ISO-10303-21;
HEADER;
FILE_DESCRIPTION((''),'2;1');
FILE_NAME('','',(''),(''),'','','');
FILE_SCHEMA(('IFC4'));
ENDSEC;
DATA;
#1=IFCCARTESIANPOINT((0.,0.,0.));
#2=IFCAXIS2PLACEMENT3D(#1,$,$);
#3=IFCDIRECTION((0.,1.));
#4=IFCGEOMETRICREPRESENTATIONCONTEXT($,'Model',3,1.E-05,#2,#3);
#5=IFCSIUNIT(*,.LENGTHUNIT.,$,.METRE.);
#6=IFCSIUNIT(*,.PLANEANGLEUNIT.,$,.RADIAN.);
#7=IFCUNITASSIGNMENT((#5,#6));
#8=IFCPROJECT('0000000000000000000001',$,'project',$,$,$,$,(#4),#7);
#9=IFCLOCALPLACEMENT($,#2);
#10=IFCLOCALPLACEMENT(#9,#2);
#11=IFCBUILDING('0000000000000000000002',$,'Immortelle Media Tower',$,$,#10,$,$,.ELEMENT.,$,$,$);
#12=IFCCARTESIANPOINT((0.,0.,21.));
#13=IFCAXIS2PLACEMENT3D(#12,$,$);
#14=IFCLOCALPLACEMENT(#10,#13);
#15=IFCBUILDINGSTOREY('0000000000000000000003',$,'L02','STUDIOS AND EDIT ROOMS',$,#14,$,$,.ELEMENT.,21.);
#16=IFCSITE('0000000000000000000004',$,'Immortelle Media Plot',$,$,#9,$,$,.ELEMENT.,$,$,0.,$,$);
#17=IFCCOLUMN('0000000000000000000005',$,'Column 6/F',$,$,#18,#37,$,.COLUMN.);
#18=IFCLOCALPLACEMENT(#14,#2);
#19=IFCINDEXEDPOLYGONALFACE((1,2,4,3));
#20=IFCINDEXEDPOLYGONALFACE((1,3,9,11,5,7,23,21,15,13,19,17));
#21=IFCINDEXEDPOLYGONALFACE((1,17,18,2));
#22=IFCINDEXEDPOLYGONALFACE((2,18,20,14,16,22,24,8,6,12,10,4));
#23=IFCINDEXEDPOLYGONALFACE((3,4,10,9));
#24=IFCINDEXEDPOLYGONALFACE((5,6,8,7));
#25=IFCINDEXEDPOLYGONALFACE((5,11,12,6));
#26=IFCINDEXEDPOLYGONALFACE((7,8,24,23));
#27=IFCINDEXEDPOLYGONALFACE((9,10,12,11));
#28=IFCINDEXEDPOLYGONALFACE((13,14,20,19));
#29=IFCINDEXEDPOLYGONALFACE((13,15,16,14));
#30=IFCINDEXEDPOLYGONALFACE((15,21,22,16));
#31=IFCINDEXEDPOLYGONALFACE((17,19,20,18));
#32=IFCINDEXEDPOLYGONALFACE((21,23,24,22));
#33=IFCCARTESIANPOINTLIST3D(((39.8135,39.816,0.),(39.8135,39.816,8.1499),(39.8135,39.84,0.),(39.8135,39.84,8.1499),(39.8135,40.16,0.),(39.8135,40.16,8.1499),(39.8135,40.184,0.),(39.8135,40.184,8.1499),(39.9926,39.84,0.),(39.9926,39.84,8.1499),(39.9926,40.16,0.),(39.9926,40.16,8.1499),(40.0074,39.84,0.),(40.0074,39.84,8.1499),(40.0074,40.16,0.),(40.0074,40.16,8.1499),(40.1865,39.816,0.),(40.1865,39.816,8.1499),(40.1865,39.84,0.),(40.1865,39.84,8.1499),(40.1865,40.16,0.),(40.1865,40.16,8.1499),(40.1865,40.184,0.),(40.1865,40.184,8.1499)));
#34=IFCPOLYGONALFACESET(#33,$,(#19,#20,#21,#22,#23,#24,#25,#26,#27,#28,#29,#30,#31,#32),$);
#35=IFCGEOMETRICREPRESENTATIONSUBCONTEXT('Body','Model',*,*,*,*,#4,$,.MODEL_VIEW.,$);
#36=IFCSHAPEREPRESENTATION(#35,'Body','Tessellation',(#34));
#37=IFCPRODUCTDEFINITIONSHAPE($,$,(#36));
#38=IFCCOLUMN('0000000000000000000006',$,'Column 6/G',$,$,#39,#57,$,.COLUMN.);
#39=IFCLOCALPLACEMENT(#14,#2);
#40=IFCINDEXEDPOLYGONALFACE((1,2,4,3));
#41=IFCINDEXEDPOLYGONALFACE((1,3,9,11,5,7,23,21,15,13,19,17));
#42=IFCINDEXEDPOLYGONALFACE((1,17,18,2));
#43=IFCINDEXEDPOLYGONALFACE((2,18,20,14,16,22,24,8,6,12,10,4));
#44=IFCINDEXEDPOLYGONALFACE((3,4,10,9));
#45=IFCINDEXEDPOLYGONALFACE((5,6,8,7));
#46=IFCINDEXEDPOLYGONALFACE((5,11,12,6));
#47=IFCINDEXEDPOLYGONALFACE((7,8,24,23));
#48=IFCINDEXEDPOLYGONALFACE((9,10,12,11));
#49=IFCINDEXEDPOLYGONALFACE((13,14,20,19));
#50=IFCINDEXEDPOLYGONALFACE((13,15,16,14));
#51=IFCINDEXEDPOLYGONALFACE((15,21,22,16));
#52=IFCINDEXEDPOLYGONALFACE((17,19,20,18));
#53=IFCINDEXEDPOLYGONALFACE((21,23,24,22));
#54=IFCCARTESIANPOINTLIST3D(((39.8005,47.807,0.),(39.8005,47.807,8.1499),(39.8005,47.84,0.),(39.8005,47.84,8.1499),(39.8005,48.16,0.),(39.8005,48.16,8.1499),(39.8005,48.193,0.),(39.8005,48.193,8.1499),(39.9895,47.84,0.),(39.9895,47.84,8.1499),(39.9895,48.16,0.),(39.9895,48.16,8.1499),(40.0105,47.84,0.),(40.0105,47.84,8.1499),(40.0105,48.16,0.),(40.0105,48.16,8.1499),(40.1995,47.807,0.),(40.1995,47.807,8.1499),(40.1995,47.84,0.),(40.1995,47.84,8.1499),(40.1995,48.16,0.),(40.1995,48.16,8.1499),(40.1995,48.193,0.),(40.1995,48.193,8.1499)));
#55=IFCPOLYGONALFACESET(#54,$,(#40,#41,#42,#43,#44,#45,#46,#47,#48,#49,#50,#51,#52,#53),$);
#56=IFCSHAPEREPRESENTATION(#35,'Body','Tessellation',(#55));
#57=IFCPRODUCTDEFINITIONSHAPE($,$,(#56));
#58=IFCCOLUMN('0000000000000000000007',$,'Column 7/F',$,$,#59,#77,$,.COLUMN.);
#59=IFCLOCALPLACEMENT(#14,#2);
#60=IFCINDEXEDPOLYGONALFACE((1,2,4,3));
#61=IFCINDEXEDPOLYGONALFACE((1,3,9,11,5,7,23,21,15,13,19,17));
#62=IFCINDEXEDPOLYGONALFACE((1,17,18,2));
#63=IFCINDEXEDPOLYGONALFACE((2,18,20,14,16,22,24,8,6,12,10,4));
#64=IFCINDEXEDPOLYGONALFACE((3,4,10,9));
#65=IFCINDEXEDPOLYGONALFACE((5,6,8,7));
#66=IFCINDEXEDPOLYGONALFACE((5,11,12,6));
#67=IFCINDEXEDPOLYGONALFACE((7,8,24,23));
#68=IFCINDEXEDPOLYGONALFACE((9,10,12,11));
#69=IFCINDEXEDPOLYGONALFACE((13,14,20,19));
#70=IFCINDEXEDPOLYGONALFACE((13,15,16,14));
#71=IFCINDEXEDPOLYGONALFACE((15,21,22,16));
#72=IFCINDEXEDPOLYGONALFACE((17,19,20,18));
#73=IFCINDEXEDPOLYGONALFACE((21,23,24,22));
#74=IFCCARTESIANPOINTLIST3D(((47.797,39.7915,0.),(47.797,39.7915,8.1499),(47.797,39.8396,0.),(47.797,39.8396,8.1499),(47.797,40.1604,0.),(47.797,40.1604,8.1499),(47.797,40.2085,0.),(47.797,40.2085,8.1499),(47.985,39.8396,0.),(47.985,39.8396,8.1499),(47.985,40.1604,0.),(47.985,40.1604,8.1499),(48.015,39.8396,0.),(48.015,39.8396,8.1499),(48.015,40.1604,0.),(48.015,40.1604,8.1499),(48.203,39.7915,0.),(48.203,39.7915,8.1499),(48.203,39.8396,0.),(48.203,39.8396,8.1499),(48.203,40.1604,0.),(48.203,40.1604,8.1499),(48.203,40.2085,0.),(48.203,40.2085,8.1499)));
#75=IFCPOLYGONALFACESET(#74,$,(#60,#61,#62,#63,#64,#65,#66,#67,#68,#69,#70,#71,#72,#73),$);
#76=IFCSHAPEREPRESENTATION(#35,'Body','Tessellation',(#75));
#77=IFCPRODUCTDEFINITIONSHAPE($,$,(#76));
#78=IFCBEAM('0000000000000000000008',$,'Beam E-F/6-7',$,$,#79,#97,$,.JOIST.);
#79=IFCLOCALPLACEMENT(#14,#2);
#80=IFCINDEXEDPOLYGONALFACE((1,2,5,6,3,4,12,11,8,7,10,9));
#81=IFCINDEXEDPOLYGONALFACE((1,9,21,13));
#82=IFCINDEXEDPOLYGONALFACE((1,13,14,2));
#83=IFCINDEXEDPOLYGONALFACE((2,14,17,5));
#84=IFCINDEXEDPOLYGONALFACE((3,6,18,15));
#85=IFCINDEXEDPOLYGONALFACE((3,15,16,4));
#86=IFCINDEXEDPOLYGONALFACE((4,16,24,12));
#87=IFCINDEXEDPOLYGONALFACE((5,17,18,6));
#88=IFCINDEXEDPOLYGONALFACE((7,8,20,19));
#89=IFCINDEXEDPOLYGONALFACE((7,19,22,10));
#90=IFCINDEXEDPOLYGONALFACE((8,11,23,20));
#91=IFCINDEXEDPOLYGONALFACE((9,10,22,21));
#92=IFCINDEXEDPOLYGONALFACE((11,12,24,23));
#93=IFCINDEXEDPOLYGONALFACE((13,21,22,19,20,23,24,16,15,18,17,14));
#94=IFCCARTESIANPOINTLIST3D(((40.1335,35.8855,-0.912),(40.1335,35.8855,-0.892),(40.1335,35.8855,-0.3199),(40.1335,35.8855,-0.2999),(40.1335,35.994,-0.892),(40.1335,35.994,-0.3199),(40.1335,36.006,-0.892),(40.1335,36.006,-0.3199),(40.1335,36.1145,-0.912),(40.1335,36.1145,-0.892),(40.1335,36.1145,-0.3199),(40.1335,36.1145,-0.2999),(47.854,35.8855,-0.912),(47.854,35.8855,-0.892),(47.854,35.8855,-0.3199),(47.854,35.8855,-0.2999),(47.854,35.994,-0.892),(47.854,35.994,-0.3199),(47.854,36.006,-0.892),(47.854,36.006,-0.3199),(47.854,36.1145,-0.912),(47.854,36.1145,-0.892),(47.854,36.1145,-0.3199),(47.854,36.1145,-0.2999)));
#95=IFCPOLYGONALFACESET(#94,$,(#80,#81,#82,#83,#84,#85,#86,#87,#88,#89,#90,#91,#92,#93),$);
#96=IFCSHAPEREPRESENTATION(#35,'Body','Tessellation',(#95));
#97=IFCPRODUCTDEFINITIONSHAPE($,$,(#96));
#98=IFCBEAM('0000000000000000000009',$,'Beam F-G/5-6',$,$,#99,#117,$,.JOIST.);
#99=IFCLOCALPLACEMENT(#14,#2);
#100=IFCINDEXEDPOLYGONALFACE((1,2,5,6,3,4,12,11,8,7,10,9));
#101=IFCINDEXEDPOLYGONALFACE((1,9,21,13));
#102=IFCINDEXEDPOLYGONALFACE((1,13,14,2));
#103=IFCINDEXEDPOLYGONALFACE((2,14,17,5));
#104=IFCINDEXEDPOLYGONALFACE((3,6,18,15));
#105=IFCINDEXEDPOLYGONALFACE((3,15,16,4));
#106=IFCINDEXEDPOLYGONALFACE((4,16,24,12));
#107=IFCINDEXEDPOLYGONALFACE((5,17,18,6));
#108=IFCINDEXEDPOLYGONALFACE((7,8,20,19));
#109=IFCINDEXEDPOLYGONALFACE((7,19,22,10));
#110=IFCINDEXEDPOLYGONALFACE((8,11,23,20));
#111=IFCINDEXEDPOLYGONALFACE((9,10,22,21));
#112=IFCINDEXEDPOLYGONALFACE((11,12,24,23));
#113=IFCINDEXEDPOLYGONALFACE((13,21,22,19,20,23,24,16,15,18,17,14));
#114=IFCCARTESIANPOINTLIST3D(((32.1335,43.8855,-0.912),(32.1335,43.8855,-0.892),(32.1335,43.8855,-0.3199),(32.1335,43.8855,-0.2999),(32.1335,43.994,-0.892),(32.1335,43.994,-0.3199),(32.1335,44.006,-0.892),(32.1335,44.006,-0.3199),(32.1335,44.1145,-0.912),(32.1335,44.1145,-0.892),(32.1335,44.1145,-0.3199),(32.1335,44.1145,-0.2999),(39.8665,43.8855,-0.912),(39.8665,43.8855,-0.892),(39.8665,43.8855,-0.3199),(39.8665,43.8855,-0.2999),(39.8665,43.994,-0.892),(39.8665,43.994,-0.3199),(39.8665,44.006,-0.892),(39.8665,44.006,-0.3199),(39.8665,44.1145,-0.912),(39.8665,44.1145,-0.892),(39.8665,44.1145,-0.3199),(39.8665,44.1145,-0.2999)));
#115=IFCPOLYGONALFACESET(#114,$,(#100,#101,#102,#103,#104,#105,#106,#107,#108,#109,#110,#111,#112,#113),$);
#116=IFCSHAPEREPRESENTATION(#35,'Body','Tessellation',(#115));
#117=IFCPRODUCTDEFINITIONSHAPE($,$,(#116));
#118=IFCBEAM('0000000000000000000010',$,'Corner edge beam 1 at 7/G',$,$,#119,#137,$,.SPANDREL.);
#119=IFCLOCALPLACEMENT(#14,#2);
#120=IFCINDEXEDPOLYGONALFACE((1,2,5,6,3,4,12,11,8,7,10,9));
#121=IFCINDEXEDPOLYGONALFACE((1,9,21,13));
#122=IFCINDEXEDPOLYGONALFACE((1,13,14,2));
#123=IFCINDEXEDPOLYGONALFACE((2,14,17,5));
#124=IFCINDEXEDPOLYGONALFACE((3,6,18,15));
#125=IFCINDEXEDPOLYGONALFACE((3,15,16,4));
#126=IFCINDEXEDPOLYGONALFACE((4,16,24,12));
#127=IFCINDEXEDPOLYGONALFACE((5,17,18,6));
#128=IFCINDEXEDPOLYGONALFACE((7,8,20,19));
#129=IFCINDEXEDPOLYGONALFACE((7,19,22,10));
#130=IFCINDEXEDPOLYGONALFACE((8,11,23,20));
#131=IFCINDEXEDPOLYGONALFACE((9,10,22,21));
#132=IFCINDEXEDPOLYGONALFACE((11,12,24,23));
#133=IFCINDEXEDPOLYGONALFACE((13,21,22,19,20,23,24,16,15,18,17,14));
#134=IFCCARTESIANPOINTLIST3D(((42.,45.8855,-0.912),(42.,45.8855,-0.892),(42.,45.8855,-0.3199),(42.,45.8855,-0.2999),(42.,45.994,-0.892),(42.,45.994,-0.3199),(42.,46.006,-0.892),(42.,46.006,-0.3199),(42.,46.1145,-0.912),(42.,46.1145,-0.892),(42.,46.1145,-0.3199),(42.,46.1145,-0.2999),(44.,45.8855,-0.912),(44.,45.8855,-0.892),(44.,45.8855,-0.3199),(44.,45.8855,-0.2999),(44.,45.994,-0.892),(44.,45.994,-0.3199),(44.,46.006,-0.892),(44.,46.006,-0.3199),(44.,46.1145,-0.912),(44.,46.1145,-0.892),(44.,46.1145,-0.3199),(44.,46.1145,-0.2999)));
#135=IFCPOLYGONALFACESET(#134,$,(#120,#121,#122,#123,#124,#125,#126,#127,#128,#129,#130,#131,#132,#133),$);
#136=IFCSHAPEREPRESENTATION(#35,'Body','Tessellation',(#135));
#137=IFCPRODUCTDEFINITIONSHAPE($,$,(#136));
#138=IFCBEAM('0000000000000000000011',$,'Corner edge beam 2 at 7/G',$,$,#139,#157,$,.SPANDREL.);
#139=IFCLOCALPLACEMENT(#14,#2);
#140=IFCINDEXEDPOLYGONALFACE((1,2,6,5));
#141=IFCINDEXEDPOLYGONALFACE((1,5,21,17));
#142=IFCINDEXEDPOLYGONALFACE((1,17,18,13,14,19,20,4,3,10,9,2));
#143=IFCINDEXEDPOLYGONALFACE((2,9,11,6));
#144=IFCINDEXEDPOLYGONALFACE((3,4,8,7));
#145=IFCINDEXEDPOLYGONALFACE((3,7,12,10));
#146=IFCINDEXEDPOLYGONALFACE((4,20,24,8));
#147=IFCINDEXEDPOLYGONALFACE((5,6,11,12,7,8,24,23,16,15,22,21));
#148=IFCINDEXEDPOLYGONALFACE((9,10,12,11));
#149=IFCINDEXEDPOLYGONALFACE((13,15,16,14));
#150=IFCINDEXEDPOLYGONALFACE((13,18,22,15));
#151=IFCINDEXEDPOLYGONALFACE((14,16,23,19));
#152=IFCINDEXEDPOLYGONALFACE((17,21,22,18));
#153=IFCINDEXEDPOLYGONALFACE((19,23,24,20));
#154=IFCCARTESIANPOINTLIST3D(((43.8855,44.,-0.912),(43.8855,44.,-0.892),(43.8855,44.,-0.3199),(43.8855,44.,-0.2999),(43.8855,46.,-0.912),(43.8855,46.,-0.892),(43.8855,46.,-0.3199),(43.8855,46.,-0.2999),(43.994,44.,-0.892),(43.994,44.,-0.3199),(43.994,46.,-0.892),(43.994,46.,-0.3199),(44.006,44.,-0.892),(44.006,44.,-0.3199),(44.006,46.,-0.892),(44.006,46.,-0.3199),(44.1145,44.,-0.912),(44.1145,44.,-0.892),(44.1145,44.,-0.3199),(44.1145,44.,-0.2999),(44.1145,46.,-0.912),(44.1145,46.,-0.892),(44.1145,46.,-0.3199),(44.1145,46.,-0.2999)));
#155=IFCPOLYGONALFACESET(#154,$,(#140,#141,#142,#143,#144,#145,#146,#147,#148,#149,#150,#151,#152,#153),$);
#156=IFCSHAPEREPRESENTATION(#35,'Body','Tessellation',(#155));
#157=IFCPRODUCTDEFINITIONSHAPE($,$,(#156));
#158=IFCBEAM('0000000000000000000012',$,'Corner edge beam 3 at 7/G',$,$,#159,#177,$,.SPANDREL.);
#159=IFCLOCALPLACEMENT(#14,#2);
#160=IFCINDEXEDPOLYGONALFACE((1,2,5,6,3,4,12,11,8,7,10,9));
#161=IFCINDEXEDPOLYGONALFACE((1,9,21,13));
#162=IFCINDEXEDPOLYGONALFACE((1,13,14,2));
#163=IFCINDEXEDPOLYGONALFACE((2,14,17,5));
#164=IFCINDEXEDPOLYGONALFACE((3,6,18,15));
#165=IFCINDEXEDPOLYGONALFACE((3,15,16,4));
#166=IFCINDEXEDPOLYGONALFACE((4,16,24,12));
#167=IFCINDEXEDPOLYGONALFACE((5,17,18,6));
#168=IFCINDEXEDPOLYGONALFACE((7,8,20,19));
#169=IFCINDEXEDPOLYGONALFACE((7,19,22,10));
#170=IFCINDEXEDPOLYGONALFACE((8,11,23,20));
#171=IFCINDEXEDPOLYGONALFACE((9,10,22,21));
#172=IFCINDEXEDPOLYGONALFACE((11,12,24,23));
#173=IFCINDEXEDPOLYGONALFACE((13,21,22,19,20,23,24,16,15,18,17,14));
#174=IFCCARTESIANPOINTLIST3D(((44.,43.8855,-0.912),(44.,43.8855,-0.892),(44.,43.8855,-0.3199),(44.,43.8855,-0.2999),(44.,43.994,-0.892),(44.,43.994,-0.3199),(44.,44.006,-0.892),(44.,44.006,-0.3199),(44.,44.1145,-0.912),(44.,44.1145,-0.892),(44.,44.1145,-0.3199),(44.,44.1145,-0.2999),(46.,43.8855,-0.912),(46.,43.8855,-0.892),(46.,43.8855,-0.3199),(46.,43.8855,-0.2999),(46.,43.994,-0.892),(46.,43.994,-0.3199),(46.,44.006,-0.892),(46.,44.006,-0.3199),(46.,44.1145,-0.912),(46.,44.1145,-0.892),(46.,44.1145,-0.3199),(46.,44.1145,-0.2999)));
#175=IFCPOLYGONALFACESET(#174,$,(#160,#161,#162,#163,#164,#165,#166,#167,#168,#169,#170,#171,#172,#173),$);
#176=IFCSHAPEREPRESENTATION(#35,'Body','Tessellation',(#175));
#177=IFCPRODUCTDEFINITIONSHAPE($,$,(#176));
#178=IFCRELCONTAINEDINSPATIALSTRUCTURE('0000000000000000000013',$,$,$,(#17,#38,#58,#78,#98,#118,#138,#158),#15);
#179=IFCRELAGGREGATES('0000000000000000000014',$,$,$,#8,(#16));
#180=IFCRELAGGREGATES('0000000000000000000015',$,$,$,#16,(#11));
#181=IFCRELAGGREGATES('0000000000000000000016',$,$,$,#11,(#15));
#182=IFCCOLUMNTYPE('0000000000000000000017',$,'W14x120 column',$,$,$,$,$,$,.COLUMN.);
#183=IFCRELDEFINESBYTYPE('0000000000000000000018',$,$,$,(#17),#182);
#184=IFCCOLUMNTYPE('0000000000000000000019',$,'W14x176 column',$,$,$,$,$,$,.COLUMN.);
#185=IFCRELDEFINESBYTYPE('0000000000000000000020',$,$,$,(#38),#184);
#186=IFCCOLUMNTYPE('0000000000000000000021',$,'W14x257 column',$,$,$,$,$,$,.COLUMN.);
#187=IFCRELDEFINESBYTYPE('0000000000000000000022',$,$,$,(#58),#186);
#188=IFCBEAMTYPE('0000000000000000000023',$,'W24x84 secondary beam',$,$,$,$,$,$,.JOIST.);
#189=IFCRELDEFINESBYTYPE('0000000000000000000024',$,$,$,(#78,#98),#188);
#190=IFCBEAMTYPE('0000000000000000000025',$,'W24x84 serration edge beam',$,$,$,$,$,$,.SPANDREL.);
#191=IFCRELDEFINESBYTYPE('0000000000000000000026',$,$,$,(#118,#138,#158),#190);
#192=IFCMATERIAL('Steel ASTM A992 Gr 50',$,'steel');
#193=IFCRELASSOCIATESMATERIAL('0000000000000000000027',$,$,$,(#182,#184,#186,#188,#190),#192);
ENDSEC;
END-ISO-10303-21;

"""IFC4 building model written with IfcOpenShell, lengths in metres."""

from ifc_helpers import new_model, si_unit, direction, frame, origin, origin_2d, place, context, subcontext, project, spatial, i_section, extrude, material, material_profile, profile_set, type_object, element, save


model = new_model("IFC4")

# Units and contexts
model_context = context("Model", 3, precision=1e-05, world=origin(), true_north=direction((0.0, 1.0)))
body_context = subcontext(model_context, "Body", "Model", "MODEL_VIEW")
ifc_project = project(units=[si_unit("LENGTHUNIT", "METRE"), si_unit("PLANEANGLEUNIT", "RADIAN")], contexts=[model_context])

# Site, building, storey
site_placement = place(None, origin())
site = spatial("IfcSite", under=ifc_project, at=site_placement, Name="Immortelle Media Plot", CompositionType="ELEMENT", RefElevation=0.0)
building_placement = place(site_placement, origin())
building = spatial("IfcBuilding", under=site, at=building_placement, Name="Immortelle Media Tower", CompositionType="ELEMENT")
storey_placement = place(building_placement, frame((0.0, 0.0, 21.0)))
storey = spatial("IfcBuildingStorey", under=building, at=storey_placement, Name="L02", Description="STUDIOS AND EDIT ROOMS", CompositionType="ELEMENT", Elevation=21.0)

# Columns
ifc_material_1 = material(Name="Steel ASTM A992 Gr 50", Category="steel")
ifc_material_profile_1 = material_profile(ifc_material_1, i_section(OverallWidth=0.373, OverallDepth=0.3679, WebThickness=0.0149, FlangeThickness=0.0239, at=origin_2d()), Name="W14x120")
ifc_profile_set_1 = profile_set([ifc_material_profile_1], Name="Steel ASTM A992 Gr 50")
column_type_1 = type_object("IfcColumnType", Name="W14x120 column", PredefinedType="COLUMN", material=ifc_profile_set_1)
column_1_placement = place(storey_placement, frame((40.0, 40.0, 0.0), z_axis=(0.0, 0.0, 1.0), x_axis=(1.0, 0.0, 0.0)))
element("IfcColumn", 1, at=column_1_placement, inside=storey, type_object=column_type_1, Name="Column 6/F", PredefinedType="COLUMN", context=body_context, shape_type="SweptSolid", body=[
    extrude(i_section(OverallWidth=0.373, OverallDepth=0.3679, WebThickness=0.0149, FlangeThickness=0.0239, at=origin_2d()), origin(), (0.0, 0.0, 1.0), 8.1499),
])
ifc_material_profile_2 = material_profile(ifc_material_1, i_section(OverallWidth=0.3989, OverallDepth=0.386, WebThickness=0.021, FlangeThickness=0.033, at=origin_2d()), Name="W14x176")
ifc_profile_set_2 = profile_set([ifc_material_profile_2], Name="Steel ASTM A992 Gr 50")
column_type_2 = type_object("IfcColumnType", Name="W14x176 column", PredefinedType="COLUMN", material=ifc_profile_set_2)
column_2_placement = place(storey_placement, frame((40.0, 48.0, 0.0), z_axis=(0.0, 0.0, 1.0), x_axis=(1.0, 0.0, 0.0)))
element("IfcColumn", 2, at=column_2_placement, inside=storey, type_object=column_type_2, Name="Column 6/G", PredefinedType="COLUMN", context=body_context, shape_type="SweptSolid", body=[
    extrude(i_section(OverallWidth=0.3989, OverallDepth=0.386, WebThickness=0.021, FlangeThickness=0.033, at=origin_2d()), origin(), (0.0, 0.0, 1.0), 8.1499),
])
ifc_material_profile_3 = material_profile(ifc_material_1, i_section(OverallWidth=0.406, OverallDepth=0.417, WebThickness=0.03, FlangeThickness=0.0481, at=origin_2d()), Name="W14x257")
ifc_profile_set_3 = profile_set([ifc_material_profile_3], Name="Steel ASTM A992 Gr 50")
column_type_3 = type_object("IfcColumnType", Name="W14x257 column", PredefinedType="COLUMN", material=ifc_profile_set_3)
column_3_placement = place(storey_placement, frame((48.0, 40.0, 0.0), z_axis=(0.0, 0.0, 1.0), x_axis=(1.0, 0.0, 0.0)))
element("IfcColumn", 3, at=column_3_placement, inside=storey, type_object=column_type_3, Name="Column 7/F", PredefinedType="COLUMN", context=body_context, shape_type="SweptSolid", body=[
    extrude(i_section(OverallWidth=0.406, OverallDepth=0.417, WebThickness=0.03, FlangeThickness=0.0481, at=origin_2d()), origin(), (0.0, 0.0, 1.0), 8.1499),
])

# Beams
ifc_material_profile_4 = material_profile(ifc_material_1, i_section(OverallWidth=0.229, OverallDepth=0.6121, WebThickness=0.012, FlangeThickness=0.02, at=origin_2d()), Name="W24x84")
ifc_profile_set_4 = profile_set([ifc_material_profile_4], Name="Steel ASTM A992 Gr 50")
beam_type_1 = type_object("IfcBeamType", Name="W24x84 secondary beam", PredefinedType="JOIST", material=ifc_profile_set_4)
beam_1_placement = place(storey_placement, frame((40.1335, 36.0, -0.606), z_axis=(1.0, 0.0, 0.0), x_axis=(0.0, 1.0, 0.0)))
element("IfcBeam", 4, at=beam_1_placement, inside=storey, type_object=beam_type_1, Name="Beam E-F/6-7", PredefinedType="JOIST", context=body_context, shape_type="SweptSolid", body=[
    extrude(i_section(OverallWidth=0.229, OverallDepth=0.6121, WebThickness=0.012, FlangeThickness=0.02, at=origin_2d()), origin(), (0.0, 0.0, 1.0), 7.7205),
])
beam_2_placement = place(storey_placement, frame((32.1335, 44.0, -0.606), z_axis=(1.0, 0.0, 0.0), x_axis=(0.0, 1.0, 0.0)))
element("IfcBeam", 5, at=beam_2_placement, inside=storey, type_object=beam_type_1, Name="Beam F-G/5-6", PredefinedType="JOIST", context=body_context, shape_type="SweptSolid", body=[
    extrude(i_section(OverallWidth=0.229, OverallDepth=0.6121, WebThickness=0.012, FlangeThickness=0.02, at=origin_2d()), origin(), (0.0, 0.0, 1.0), 7.7329),
])
ifc_material_profile_5 = material_profile(ifc_material_1, i_section(OverallWidth=0.229, OverallDepth=0.6121, WebThickness=0.012, FlangeThickness=0.02, at=origin_2d()), Name="W24x84")
ifc_profile_set_5 = profile_set([ifc_material_profile_5], Name="Steel ASTM A992 Gr 50")
beam_type_2 = type_object("IfcBeamType", Name="W24x84 serration edge beam", PredefinedType="SPANDREL", material=ifc_profile_set_5)
for number, where, z_axis, x_axis, name in (
    (6, (42.0, 46.0, -0.606), (1.0, 0.0, 0.0), (0.0, 1.0, 0.0), "Corner edge beam 1 at 7/G"),
    (7, (44.0, 46.0, -0.606), (0.0, -1.0, 0.0), (1.0, 0.0, 0.0), "Corner edge beam 2 at 7/G"),
    (8, (44.0, 44.0, -0.606), (1.0, 0.0, 0.0), (0.0, 1.0, 0.0), "Corner edge beam 3 at 7/G"),
):
    element("IfcBeam", number, at=place(storey_placement, frame(where, z_axis=z_axis, x_axis=x_axis)), inside=storey, type_object=beam_type_2, Name=name, PredefinedType="SPANDREL", context=body_context, shape_type="SweptSolid", body=[
        extrude(i_section(OverallWidth=0.229, OverallDepth=0.6121, WebThickness=0.012, FlangeThickness=0.02, at=origin_2d()), origin(), (0.0, 0.0, 1.0), 2.0),
    ])

save(model, "model.ifc")
